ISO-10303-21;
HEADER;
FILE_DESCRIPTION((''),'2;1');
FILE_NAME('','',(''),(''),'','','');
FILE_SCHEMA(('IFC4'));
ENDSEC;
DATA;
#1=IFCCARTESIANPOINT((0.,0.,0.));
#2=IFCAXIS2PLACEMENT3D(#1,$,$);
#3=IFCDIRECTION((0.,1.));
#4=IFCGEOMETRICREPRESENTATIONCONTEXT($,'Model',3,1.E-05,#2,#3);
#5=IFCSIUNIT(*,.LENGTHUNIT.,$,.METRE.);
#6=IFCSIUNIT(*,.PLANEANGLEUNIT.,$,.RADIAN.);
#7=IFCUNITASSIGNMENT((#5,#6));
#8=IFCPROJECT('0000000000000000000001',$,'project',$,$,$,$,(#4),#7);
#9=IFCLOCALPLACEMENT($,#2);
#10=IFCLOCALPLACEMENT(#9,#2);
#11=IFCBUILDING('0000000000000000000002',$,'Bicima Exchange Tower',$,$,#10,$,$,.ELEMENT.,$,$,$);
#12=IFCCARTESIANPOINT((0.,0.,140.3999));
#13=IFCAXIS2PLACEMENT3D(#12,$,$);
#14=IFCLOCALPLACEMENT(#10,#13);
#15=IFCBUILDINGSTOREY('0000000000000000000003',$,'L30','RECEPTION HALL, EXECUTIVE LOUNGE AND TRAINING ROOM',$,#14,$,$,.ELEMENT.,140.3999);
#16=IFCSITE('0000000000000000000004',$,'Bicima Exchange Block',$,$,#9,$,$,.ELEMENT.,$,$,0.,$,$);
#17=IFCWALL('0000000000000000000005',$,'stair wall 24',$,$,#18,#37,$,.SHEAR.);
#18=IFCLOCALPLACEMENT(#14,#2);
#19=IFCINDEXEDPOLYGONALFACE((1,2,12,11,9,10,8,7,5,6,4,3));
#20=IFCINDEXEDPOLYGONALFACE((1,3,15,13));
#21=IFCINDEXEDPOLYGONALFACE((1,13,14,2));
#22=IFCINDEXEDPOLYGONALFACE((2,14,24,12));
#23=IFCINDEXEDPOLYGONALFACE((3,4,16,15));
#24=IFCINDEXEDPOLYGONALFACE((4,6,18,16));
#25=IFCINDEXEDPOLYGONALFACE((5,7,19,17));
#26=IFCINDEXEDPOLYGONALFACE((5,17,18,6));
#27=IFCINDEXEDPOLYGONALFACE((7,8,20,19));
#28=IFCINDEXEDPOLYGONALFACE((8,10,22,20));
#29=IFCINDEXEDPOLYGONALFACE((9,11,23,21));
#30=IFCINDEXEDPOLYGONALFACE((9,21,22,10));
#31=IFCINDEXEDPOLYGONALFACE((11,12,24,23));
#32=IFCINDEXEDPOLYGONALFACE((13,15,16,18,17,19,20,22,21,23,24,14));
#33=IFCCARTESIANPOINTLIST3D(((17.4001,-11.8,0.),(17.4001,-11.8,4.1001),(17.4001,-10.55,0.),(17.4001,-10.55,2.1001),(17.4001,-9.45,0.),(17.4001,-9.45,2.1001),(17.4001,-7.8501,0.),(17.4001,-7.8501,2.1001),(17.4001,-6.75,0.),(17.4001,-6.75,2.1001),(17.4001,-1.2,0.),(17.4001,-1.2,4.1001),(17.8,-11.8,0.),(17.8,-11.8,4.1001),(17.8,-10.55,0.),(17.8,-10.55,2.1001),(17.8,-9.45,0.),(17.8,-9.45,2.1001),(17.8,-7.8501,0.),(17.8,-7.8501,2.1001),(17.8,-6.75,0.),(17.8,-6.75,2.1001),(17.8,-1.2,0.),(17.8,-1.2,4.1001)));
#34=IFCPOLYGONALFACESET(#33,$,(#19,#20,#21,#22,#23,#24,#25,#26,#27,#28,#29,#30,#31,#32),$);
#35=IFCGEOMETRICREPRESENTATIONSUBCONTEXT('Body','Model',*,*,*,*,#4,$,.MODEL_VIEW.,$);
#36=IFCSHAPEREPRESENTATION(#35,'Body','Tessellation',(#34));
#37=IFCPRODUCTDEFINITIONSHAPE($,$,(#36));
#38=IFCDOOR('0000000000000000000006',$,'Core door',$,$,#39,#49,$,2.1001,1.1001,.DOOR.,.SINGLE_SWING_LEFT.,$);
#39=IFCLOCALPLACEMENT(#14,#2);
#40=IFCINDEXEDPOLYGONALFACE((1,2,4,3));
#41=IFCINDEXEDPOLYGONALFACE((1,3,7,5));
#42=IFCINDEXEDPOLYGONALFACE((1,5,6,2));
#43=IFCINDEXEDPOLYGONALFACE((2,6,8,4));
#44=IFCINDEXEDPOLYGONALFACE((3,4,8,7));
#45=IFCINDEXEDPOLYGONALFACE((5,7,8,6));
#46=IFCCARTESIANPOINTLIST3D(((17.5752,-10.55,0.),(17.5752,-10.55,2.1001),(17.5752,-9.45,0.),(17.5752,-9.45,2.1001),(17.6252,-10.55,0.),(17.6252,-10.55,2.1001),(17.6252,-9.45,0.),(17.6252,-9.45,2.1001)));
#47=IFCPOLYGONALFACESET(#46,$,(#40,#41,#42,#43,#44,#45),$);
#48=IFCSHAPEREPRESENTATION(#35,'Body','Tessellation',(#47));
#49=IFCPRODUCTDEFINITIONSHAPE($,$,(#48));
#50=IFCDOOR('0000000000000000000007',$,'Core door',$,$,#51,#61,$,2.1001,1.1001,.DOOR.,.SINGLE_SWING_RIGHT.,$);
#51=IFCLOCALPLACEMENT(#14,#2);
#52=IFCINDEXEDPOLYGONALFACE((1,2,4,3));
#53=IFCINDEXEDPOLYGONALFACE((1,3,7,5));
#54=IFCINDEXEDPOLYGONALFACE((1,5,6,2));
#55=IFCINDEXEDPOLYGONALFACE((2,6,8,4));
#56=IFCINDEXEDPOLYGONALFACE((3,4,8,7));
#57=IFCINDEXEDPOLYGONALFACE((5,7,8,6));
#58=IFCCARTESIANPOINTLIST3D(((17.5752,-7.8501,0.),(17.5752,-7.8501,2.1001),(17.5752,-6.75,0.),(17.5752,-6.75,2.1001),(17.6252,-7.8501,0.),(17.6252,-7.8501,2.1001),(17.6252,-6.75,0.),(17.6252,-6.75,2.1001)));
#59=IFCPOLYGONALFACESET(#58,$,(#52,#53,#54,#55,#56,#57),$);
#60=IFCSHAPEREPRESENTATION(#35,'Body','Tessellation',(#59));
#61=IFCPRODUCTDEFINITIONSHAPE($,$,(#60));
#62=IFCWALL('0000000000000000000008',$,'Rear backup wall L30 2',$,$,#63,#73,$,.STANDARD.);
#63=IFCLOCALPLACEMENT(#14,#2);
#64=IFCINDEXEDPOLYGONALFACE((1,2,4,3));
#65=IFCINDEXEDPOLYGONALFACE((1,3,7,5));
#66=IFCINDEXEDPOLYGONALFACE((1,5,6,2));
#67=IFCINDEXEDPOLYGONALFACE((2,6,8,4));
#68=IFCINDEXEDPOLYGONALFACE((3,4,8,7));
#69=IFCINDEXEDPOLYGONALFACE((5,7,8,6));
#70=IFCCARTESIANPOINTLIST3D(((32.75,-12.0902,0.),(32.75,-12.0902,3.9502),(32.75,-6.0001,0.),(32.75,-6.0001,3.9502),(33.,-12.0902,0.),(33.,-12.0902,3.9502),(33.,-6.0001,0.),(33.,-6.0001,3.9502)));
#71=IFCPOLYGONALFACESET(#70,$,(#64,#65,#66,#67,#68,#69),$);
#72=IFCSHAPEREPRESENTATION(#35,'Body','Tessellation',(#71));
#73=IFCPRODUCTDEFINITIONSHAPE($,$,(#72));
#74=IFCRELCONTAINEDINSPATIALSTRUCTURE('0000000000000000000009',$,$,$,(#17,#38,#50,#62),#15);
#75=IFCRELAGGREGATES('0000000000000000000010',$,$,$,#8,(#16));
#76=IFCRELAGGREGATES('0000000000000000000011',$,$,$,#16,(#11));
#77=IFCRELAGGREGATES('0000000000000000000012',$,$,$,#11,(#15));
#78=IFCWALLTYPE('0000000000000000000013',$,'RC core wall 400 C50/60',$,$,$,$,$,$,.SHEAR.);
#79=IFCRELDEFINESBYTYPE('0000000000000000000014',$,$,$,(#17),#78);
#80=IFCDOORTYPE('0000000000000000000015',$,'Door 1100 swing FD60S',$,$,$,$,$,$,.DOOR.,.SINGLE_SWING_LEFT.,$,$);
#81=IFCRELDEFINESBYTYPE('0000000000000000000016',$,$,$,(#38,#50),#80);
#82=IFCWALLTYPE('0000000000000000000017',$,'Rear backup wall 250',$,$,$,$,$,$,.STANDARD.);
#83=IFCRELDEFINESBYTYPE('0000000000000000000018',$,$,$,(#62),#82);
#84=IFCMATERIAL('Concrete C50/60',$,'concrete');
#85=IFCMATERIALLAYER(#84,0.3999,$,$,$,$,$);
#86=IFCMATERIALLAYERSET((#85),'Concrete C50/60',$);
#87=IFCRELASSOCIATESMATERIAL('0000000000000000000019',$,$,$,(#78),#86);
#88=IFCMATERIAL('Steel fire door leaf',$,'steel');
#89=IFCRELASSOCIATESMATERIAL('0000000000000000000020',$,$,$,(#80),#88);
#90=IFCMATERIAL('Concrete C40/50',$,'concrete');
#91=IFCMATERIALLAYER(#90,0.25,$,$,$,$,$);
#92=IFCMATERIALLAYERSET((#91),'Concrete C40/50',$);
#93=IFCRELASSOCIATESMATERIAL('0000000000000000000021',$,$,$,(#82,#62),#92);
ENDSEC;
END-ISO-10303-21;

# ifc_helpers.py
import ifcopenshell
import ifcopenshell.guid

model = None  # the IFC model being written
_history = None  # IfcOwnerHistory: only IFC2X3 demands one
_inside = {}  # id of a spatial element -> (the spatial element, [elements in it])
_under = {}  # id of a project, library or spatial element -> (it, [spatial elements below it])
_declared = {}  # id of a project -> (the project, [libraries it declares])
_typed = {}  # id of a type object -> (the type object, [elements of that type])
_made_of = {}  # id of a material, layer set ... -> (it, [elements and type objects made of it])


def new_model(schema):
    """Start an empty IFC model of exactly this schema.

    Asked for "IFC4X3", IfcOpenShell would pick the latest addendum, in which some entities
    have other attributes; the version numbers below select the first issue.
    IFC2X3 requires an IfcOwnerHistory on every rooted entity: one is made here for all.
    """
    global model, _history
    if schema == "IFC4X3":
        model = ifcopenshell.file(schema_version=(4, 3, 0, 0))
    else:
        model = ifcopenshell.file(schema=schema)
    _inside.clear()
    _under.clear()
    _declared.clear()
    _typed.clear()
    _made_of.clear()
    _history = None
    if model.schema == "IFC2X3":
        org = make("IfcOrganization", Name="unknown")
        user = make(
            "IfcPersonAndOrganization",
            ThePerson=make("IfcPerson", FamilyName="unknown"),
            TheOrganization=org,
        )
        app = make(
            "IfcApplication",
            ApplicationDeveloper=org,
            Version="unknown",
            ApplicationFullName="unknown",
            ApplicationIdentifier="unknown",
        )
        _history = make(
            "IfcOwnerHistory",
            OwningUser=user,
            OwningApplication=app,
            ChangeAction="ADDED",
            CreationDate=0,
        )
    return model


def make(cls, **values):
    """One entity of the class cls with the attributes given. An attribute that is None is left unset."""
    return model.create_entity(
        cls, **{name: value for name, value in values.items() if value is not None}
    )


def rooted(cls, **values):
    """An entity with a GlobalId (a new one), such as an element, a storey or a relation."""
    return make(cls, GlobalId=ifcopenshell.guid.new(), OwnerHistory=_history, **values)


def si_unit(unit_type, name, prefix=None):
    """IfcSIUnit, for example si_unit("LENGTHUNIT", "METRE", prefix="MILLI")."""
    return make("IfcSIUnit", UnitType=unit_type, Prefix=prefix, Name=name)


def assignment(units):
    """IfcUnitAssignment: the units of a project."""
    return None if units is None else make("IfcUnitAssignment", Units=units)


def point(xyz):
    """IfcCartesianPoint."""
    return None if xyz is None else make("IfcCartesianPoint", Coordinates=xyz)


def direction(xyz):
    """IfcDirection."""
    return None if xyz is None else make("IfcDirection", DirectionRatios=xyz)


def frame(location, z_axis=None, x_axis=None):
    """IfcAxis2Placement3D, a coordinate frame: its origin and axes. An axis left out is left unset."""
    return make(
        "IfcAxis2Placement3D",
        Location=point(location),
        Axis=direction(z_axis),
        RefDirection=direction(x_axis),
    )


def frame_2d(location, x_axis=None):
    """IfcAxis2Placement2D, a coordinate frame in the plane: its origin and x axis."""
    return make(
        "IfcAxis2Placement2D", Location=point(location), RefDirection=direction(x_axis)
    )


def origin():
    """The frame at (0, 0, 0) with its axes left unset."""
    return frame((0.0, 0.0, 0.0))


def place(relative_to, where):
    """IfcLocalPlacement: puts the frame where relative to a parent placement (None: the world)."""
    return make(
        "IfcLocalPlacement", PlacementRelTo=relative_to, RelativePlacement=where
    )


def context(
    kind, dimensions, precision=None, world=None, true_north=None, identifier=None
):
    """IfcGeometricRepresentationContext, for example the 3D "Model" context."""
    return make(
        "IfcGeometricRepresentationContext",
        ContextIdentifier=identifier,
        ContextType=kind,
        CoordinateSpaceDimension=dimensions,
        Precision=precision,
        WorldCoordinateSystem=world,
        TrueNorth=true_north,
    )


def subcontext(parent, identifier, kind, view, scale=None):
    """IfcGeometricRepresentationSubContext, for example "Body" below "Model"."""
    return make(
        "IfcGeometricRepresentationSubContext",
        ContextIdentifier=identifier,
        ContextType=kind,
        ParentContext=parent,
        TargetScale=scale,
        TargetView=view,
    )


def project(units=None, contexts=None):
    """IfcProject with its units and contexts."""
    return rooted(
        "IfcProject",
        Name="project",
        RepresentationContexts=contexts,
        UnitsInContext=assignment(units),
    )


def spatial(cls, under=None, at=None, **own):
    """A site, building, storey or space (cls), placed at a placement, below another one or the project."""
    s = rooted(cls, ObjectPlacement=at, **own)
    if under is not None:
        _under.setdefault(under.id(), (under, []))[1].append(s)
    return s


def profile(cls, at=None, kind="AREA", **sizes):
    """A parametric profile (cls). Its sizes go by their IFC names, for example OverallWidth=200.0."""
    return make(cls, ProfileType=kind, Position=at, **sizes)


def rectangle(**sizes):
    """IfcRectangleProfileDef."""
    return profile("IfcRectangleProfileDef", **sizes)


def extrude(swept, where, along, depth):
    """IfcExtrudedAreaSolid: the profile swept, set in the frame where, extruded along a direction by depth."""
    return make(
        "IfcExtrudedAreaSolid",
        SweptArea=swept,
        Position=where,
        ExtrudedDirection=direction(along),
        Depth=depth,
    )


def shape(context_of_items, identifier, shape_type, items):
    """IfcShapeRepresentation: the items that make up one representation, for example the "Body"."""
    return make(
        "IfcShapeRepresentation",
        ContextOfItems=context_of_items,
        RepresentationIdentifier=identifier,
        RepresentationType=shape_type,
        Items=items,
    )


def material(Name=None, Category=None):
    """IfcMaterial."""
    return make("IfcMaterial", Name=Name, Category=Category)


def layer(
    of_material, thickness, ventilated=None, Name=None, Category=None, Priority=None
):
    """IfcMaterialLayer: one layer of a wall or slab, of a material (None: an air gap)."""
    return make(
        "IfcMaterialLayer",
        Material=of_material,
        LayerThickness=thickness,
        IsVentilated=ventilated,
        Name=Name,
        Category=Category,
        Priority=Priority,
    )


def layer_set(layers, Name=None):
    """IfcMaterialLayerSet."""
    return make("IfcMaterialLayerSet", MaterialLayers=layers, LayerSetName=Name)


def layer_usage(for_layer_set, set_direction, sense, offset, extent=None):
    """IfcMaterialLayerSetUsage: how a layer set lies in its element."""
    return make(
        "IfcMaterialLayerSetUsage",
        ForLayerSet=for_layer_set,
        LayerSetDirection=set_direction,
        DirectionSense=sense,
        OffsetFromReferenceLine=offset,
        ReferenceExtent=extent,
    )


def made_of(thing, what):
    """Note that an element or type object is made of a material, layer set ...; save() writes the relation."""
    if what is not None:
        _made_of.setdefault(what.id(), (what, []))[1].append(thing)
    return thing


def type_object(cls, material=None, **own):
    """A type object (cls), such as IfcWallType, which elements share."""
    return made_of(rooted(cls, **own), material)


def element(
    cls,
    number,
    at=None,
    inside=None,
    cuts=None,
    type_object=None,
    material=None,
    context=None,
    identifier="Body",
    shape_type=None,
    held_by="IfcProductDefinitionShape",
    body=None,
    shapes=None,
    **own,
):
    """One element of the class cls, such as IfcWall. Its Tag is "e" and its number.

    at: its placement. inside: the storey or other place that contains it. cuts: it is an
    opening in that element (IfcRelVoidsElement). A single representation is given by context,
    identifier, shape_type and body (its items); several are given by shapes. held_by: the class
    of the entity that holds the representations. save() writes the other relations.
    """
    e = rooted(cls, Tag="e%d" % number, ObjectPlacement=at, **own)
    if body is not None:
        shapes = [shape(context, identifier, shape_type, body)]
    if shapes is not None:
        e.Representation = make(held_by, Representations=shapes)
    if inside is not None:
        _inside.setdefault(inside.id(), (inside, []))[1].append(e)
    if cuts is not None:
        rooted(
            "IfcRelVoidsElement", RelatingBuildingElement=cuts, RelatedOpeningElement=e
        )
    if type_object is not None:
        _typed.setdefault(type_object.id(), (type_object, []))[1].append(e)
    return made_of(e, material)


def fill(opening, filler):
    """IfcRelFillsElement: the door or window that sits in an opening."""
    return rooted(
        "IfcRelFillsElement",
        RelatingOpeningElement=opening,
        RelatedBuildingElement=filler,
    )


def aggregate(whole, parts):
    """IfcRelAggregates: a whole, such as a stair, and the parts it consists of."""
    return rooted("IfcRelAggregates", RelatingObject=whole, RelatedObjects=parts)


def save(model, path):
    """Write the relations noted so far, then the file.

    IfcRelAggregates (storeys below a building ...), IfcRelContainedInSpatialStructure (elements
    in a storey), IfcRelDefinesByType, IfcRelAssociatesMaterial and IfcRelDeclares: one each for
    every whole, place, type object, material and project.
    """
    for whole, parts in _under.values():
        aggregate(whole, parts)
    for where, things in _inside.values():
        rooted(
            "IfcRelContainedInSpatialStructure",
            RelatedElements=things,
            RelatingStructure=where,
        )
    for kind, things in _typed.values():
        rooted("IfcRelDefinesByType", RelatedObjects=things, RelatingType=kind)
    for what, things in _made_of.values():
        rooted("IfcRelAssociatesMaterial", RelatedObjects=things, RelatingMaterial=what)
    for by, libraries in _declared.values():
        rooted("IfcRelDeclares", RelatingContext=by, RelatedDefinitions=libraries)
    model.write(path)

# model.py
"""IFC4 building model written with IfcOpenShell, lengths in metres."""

from ifc_helpers import new_model, si_unit, direction, frame, frame_2d, origin, place, context, subcontext, project, spatial, rectangle, extrude, material, layer, layer_set, layer_usage, type_object, element, fill, save


model = new_model("IFC4")

# Units and contexts
model_context = context("Model", 3, precision=1e-05, world=origin(), true_north=direction((0.0, 1.0)))
body_context = subcontext(model_context, "Body", "Model", "MODEL_VIEW")
ifc_project = project(units=[si_unit("LENGTHUNIT", "METRE"), si_unit("PLANEANGLEUNIT", "RADIAN")], contexts=[model_context])

# Site, building, storey
site_placement = place(None, origin())
site = spatial("IfcSite", under=ifc_project, at=site_placement, Name="Bicima Exchange Block", CompositionType="ELEMENT", RefElevation=0.0)
building_placement = place(site_placement, origin())
building = spatial("IfcBuilding", under=site, at=building_placement, Name="Bicima Exchange Tower", CompositionType="ELEMENT")
storey_placement = place(building_placement, frame((0.0, 0.0, 140.3999)))
storey = spatial("IfcBuildingStorey", under=building, at=storey_placement, Name="L30", Description="RECEPTION HALL, EXECUTIVE LOUNGE AND TRAINING ROOM", CompositionType="ELEMENT", Elevation=140.3999)

# Shared definitions
ifc_material_1 = material(Name="Steel fire door leaf", Category="steel")

# Shared definitions
ifc_material_2 = material(Name="Concrete C50/60", Category="concrete")

# Wall, openings, doors
ifc_layer_1 = layer(ifc_material_2, 0.3999)
ifc_layer_set_1 = layer_set([ifc_layer_1], Name="Concrete C50/60")
wall_type_1 = type_object("IfcWallType", Name="RC core wall 400 C50/60", PredefinedType="SHEAR", material=ifc_layer_set_1)
wall_1_placement = place(storey_placement, frame((17.6001, -11.8, 0.0), z_axis=(0.0, 0.0, 1.0), x_axis=(0.0, 1.0, 0.0)))
wall_1 = element("IfcWall", 1, at=wall_1_placement, inside=storey, type_object=wall_type_1, Name="stair wall 24", PredefinedType="SHEAR", context=body_context, shape_type="SweptSolid", body=[
    extrude(rectangle(XDim=10.6001, YDim=0.3999, at=frame_2d((5.3, 0.0))), origin(), (0.0, 0.0, 1.0), 4.1001),
])
opening_1_placement = place(wall_1_placement, frame((1.25, 0.0, 0.0)))
opening_1 = element("IfcOpeningElement", 2, at=opening_1_placement, cuts=wall_1, PredefinedType="OPENING", context=body_context, shape_type="SweptSolid", body=[
    extrude(rectangle(XDim=1.1001, YDim=2.1001, at=frame_2d((0.55, 1.05))), frame((0.0, 0.2119, 0.0), z_axis=(0.0, -1.0, 0.0), x_axis=(1.0, 0.0, 0.0)), (0.0, 0.0, 1.0), 0.4238),
])
opening_2_placement = place(wall_1_placement, frame((3.95, 0.0, 0.0)))
opening_2 = element("IfcOpeningElement", 3, at=opening_2_placement, cuts=wall_1, PredefinedType="OPENING", context=body_context, shape_type="SweptSolid", body=[
    extrude(rectangle(XDim=1.1001, YDim=2.1001, at=frame_2d((0.55, 1.05))), frame((0.0, 0.2119, 0.0), z_axis=(0.0, -1.0, 0.0), x_axis=(1.0, 0.0, 0.0)), (0.0, 0.0, 1.0), 0.4238),
])
door_type_1 = type_object("IfcDoorType", Name="Door 1100 swing FD60S", OperationType="SINGLE_SWING_LEFT", PredefinedType="DOOR", material=ifc_material_1)
door_1_placement = place(opening_1_placement, origin())
door_1 = element("IfcDoor", 4, at=door_1_placement, inside=storey, type_object=door_type_1, Name="Core door", OperationType="SINGLE_SWING_LEFT", OverallHeight=2.1001, OverallWidth=1.1001, PredefinedType="DOOR", context=body_context, shape_type="SweptSolid", body=[
    extrude(rectangle(XDim=1.1001, YDim=2.1001, at=frame_2d((0.55, 1.05))), frame((0.0, 0.0249, 0.0), z_axis=(0.0, -1.0, 0.0), x_axis=(1.0, 0.0, 0.0)), (0.0, 0.0, 1.0), 0.05),
])
fill(opening_1, door_1)
door_2_placement = place(opening_2_placement, origin())
door_2 = element("IfcDoor", 5, at=door_2_placement, inside=storey, type_object=door_type_1, Name="Core door", OperationType="SINGLE_SWING_RIGHT", OverallHeight=2.1001, OverallWidth=1.1001, PredefinedType="DOOR", context=body_context, shape_type="SweptSolid", body=[
    extrude(rectangle(XDim=1.1001, YDim=2.1001, at=frame_2d((0.55, 1.05))), frame((0.0, 0.0249, 0.0), z_axis=(0.0, -1.0, 0.0), x_axis=(1.0, 0.0, 0.0)), (0.0, 0.0, 1.0), 0.05),
])
fill(opening_2, door_2)

# Wall
ifc_material_3 = material(Name="Concrete C40/50", Category="concrete")
ifc_layer_2 = layer(ifc_material_3, 0.25)
ifc_layer_set_2 = layer_set([ifc_layer_2], Name="Concrete C40/50")
ifc_layer_usage = layer_usage(ifc_layer_set_2, "AXIS2", "POSITIVE", -0.125)
wall_type_2 = type_object("IfcWallType", Name="Rear backup wall 250", PredefinedType="STANDARD", material=ifc_layer_set_2)
wall_2_placement = place(storey_placement, frame((32.875, -12.0901, 0.0), z_axis=(0.0, 0.0, 1.0), x_axis=(0.0, 1.0, 0.0)))
element("IfcWall", 6, at=wall_2_placement, inside=storey, type_object=wall_type_2, material=ifc_layer_usage, Name="Rear backup wall L30 2", PredefinedType="STANDARD", context=body_context, shape_type="SweptSolid", body=[
    extrude(rectangle(XDim=6.0901, YDim=0.25, at=frame_2d((3.0449, 0.0))), origin(), (0.0, 0.0, 1.0), 3.9502),
])

save(model, "model.ifc")
